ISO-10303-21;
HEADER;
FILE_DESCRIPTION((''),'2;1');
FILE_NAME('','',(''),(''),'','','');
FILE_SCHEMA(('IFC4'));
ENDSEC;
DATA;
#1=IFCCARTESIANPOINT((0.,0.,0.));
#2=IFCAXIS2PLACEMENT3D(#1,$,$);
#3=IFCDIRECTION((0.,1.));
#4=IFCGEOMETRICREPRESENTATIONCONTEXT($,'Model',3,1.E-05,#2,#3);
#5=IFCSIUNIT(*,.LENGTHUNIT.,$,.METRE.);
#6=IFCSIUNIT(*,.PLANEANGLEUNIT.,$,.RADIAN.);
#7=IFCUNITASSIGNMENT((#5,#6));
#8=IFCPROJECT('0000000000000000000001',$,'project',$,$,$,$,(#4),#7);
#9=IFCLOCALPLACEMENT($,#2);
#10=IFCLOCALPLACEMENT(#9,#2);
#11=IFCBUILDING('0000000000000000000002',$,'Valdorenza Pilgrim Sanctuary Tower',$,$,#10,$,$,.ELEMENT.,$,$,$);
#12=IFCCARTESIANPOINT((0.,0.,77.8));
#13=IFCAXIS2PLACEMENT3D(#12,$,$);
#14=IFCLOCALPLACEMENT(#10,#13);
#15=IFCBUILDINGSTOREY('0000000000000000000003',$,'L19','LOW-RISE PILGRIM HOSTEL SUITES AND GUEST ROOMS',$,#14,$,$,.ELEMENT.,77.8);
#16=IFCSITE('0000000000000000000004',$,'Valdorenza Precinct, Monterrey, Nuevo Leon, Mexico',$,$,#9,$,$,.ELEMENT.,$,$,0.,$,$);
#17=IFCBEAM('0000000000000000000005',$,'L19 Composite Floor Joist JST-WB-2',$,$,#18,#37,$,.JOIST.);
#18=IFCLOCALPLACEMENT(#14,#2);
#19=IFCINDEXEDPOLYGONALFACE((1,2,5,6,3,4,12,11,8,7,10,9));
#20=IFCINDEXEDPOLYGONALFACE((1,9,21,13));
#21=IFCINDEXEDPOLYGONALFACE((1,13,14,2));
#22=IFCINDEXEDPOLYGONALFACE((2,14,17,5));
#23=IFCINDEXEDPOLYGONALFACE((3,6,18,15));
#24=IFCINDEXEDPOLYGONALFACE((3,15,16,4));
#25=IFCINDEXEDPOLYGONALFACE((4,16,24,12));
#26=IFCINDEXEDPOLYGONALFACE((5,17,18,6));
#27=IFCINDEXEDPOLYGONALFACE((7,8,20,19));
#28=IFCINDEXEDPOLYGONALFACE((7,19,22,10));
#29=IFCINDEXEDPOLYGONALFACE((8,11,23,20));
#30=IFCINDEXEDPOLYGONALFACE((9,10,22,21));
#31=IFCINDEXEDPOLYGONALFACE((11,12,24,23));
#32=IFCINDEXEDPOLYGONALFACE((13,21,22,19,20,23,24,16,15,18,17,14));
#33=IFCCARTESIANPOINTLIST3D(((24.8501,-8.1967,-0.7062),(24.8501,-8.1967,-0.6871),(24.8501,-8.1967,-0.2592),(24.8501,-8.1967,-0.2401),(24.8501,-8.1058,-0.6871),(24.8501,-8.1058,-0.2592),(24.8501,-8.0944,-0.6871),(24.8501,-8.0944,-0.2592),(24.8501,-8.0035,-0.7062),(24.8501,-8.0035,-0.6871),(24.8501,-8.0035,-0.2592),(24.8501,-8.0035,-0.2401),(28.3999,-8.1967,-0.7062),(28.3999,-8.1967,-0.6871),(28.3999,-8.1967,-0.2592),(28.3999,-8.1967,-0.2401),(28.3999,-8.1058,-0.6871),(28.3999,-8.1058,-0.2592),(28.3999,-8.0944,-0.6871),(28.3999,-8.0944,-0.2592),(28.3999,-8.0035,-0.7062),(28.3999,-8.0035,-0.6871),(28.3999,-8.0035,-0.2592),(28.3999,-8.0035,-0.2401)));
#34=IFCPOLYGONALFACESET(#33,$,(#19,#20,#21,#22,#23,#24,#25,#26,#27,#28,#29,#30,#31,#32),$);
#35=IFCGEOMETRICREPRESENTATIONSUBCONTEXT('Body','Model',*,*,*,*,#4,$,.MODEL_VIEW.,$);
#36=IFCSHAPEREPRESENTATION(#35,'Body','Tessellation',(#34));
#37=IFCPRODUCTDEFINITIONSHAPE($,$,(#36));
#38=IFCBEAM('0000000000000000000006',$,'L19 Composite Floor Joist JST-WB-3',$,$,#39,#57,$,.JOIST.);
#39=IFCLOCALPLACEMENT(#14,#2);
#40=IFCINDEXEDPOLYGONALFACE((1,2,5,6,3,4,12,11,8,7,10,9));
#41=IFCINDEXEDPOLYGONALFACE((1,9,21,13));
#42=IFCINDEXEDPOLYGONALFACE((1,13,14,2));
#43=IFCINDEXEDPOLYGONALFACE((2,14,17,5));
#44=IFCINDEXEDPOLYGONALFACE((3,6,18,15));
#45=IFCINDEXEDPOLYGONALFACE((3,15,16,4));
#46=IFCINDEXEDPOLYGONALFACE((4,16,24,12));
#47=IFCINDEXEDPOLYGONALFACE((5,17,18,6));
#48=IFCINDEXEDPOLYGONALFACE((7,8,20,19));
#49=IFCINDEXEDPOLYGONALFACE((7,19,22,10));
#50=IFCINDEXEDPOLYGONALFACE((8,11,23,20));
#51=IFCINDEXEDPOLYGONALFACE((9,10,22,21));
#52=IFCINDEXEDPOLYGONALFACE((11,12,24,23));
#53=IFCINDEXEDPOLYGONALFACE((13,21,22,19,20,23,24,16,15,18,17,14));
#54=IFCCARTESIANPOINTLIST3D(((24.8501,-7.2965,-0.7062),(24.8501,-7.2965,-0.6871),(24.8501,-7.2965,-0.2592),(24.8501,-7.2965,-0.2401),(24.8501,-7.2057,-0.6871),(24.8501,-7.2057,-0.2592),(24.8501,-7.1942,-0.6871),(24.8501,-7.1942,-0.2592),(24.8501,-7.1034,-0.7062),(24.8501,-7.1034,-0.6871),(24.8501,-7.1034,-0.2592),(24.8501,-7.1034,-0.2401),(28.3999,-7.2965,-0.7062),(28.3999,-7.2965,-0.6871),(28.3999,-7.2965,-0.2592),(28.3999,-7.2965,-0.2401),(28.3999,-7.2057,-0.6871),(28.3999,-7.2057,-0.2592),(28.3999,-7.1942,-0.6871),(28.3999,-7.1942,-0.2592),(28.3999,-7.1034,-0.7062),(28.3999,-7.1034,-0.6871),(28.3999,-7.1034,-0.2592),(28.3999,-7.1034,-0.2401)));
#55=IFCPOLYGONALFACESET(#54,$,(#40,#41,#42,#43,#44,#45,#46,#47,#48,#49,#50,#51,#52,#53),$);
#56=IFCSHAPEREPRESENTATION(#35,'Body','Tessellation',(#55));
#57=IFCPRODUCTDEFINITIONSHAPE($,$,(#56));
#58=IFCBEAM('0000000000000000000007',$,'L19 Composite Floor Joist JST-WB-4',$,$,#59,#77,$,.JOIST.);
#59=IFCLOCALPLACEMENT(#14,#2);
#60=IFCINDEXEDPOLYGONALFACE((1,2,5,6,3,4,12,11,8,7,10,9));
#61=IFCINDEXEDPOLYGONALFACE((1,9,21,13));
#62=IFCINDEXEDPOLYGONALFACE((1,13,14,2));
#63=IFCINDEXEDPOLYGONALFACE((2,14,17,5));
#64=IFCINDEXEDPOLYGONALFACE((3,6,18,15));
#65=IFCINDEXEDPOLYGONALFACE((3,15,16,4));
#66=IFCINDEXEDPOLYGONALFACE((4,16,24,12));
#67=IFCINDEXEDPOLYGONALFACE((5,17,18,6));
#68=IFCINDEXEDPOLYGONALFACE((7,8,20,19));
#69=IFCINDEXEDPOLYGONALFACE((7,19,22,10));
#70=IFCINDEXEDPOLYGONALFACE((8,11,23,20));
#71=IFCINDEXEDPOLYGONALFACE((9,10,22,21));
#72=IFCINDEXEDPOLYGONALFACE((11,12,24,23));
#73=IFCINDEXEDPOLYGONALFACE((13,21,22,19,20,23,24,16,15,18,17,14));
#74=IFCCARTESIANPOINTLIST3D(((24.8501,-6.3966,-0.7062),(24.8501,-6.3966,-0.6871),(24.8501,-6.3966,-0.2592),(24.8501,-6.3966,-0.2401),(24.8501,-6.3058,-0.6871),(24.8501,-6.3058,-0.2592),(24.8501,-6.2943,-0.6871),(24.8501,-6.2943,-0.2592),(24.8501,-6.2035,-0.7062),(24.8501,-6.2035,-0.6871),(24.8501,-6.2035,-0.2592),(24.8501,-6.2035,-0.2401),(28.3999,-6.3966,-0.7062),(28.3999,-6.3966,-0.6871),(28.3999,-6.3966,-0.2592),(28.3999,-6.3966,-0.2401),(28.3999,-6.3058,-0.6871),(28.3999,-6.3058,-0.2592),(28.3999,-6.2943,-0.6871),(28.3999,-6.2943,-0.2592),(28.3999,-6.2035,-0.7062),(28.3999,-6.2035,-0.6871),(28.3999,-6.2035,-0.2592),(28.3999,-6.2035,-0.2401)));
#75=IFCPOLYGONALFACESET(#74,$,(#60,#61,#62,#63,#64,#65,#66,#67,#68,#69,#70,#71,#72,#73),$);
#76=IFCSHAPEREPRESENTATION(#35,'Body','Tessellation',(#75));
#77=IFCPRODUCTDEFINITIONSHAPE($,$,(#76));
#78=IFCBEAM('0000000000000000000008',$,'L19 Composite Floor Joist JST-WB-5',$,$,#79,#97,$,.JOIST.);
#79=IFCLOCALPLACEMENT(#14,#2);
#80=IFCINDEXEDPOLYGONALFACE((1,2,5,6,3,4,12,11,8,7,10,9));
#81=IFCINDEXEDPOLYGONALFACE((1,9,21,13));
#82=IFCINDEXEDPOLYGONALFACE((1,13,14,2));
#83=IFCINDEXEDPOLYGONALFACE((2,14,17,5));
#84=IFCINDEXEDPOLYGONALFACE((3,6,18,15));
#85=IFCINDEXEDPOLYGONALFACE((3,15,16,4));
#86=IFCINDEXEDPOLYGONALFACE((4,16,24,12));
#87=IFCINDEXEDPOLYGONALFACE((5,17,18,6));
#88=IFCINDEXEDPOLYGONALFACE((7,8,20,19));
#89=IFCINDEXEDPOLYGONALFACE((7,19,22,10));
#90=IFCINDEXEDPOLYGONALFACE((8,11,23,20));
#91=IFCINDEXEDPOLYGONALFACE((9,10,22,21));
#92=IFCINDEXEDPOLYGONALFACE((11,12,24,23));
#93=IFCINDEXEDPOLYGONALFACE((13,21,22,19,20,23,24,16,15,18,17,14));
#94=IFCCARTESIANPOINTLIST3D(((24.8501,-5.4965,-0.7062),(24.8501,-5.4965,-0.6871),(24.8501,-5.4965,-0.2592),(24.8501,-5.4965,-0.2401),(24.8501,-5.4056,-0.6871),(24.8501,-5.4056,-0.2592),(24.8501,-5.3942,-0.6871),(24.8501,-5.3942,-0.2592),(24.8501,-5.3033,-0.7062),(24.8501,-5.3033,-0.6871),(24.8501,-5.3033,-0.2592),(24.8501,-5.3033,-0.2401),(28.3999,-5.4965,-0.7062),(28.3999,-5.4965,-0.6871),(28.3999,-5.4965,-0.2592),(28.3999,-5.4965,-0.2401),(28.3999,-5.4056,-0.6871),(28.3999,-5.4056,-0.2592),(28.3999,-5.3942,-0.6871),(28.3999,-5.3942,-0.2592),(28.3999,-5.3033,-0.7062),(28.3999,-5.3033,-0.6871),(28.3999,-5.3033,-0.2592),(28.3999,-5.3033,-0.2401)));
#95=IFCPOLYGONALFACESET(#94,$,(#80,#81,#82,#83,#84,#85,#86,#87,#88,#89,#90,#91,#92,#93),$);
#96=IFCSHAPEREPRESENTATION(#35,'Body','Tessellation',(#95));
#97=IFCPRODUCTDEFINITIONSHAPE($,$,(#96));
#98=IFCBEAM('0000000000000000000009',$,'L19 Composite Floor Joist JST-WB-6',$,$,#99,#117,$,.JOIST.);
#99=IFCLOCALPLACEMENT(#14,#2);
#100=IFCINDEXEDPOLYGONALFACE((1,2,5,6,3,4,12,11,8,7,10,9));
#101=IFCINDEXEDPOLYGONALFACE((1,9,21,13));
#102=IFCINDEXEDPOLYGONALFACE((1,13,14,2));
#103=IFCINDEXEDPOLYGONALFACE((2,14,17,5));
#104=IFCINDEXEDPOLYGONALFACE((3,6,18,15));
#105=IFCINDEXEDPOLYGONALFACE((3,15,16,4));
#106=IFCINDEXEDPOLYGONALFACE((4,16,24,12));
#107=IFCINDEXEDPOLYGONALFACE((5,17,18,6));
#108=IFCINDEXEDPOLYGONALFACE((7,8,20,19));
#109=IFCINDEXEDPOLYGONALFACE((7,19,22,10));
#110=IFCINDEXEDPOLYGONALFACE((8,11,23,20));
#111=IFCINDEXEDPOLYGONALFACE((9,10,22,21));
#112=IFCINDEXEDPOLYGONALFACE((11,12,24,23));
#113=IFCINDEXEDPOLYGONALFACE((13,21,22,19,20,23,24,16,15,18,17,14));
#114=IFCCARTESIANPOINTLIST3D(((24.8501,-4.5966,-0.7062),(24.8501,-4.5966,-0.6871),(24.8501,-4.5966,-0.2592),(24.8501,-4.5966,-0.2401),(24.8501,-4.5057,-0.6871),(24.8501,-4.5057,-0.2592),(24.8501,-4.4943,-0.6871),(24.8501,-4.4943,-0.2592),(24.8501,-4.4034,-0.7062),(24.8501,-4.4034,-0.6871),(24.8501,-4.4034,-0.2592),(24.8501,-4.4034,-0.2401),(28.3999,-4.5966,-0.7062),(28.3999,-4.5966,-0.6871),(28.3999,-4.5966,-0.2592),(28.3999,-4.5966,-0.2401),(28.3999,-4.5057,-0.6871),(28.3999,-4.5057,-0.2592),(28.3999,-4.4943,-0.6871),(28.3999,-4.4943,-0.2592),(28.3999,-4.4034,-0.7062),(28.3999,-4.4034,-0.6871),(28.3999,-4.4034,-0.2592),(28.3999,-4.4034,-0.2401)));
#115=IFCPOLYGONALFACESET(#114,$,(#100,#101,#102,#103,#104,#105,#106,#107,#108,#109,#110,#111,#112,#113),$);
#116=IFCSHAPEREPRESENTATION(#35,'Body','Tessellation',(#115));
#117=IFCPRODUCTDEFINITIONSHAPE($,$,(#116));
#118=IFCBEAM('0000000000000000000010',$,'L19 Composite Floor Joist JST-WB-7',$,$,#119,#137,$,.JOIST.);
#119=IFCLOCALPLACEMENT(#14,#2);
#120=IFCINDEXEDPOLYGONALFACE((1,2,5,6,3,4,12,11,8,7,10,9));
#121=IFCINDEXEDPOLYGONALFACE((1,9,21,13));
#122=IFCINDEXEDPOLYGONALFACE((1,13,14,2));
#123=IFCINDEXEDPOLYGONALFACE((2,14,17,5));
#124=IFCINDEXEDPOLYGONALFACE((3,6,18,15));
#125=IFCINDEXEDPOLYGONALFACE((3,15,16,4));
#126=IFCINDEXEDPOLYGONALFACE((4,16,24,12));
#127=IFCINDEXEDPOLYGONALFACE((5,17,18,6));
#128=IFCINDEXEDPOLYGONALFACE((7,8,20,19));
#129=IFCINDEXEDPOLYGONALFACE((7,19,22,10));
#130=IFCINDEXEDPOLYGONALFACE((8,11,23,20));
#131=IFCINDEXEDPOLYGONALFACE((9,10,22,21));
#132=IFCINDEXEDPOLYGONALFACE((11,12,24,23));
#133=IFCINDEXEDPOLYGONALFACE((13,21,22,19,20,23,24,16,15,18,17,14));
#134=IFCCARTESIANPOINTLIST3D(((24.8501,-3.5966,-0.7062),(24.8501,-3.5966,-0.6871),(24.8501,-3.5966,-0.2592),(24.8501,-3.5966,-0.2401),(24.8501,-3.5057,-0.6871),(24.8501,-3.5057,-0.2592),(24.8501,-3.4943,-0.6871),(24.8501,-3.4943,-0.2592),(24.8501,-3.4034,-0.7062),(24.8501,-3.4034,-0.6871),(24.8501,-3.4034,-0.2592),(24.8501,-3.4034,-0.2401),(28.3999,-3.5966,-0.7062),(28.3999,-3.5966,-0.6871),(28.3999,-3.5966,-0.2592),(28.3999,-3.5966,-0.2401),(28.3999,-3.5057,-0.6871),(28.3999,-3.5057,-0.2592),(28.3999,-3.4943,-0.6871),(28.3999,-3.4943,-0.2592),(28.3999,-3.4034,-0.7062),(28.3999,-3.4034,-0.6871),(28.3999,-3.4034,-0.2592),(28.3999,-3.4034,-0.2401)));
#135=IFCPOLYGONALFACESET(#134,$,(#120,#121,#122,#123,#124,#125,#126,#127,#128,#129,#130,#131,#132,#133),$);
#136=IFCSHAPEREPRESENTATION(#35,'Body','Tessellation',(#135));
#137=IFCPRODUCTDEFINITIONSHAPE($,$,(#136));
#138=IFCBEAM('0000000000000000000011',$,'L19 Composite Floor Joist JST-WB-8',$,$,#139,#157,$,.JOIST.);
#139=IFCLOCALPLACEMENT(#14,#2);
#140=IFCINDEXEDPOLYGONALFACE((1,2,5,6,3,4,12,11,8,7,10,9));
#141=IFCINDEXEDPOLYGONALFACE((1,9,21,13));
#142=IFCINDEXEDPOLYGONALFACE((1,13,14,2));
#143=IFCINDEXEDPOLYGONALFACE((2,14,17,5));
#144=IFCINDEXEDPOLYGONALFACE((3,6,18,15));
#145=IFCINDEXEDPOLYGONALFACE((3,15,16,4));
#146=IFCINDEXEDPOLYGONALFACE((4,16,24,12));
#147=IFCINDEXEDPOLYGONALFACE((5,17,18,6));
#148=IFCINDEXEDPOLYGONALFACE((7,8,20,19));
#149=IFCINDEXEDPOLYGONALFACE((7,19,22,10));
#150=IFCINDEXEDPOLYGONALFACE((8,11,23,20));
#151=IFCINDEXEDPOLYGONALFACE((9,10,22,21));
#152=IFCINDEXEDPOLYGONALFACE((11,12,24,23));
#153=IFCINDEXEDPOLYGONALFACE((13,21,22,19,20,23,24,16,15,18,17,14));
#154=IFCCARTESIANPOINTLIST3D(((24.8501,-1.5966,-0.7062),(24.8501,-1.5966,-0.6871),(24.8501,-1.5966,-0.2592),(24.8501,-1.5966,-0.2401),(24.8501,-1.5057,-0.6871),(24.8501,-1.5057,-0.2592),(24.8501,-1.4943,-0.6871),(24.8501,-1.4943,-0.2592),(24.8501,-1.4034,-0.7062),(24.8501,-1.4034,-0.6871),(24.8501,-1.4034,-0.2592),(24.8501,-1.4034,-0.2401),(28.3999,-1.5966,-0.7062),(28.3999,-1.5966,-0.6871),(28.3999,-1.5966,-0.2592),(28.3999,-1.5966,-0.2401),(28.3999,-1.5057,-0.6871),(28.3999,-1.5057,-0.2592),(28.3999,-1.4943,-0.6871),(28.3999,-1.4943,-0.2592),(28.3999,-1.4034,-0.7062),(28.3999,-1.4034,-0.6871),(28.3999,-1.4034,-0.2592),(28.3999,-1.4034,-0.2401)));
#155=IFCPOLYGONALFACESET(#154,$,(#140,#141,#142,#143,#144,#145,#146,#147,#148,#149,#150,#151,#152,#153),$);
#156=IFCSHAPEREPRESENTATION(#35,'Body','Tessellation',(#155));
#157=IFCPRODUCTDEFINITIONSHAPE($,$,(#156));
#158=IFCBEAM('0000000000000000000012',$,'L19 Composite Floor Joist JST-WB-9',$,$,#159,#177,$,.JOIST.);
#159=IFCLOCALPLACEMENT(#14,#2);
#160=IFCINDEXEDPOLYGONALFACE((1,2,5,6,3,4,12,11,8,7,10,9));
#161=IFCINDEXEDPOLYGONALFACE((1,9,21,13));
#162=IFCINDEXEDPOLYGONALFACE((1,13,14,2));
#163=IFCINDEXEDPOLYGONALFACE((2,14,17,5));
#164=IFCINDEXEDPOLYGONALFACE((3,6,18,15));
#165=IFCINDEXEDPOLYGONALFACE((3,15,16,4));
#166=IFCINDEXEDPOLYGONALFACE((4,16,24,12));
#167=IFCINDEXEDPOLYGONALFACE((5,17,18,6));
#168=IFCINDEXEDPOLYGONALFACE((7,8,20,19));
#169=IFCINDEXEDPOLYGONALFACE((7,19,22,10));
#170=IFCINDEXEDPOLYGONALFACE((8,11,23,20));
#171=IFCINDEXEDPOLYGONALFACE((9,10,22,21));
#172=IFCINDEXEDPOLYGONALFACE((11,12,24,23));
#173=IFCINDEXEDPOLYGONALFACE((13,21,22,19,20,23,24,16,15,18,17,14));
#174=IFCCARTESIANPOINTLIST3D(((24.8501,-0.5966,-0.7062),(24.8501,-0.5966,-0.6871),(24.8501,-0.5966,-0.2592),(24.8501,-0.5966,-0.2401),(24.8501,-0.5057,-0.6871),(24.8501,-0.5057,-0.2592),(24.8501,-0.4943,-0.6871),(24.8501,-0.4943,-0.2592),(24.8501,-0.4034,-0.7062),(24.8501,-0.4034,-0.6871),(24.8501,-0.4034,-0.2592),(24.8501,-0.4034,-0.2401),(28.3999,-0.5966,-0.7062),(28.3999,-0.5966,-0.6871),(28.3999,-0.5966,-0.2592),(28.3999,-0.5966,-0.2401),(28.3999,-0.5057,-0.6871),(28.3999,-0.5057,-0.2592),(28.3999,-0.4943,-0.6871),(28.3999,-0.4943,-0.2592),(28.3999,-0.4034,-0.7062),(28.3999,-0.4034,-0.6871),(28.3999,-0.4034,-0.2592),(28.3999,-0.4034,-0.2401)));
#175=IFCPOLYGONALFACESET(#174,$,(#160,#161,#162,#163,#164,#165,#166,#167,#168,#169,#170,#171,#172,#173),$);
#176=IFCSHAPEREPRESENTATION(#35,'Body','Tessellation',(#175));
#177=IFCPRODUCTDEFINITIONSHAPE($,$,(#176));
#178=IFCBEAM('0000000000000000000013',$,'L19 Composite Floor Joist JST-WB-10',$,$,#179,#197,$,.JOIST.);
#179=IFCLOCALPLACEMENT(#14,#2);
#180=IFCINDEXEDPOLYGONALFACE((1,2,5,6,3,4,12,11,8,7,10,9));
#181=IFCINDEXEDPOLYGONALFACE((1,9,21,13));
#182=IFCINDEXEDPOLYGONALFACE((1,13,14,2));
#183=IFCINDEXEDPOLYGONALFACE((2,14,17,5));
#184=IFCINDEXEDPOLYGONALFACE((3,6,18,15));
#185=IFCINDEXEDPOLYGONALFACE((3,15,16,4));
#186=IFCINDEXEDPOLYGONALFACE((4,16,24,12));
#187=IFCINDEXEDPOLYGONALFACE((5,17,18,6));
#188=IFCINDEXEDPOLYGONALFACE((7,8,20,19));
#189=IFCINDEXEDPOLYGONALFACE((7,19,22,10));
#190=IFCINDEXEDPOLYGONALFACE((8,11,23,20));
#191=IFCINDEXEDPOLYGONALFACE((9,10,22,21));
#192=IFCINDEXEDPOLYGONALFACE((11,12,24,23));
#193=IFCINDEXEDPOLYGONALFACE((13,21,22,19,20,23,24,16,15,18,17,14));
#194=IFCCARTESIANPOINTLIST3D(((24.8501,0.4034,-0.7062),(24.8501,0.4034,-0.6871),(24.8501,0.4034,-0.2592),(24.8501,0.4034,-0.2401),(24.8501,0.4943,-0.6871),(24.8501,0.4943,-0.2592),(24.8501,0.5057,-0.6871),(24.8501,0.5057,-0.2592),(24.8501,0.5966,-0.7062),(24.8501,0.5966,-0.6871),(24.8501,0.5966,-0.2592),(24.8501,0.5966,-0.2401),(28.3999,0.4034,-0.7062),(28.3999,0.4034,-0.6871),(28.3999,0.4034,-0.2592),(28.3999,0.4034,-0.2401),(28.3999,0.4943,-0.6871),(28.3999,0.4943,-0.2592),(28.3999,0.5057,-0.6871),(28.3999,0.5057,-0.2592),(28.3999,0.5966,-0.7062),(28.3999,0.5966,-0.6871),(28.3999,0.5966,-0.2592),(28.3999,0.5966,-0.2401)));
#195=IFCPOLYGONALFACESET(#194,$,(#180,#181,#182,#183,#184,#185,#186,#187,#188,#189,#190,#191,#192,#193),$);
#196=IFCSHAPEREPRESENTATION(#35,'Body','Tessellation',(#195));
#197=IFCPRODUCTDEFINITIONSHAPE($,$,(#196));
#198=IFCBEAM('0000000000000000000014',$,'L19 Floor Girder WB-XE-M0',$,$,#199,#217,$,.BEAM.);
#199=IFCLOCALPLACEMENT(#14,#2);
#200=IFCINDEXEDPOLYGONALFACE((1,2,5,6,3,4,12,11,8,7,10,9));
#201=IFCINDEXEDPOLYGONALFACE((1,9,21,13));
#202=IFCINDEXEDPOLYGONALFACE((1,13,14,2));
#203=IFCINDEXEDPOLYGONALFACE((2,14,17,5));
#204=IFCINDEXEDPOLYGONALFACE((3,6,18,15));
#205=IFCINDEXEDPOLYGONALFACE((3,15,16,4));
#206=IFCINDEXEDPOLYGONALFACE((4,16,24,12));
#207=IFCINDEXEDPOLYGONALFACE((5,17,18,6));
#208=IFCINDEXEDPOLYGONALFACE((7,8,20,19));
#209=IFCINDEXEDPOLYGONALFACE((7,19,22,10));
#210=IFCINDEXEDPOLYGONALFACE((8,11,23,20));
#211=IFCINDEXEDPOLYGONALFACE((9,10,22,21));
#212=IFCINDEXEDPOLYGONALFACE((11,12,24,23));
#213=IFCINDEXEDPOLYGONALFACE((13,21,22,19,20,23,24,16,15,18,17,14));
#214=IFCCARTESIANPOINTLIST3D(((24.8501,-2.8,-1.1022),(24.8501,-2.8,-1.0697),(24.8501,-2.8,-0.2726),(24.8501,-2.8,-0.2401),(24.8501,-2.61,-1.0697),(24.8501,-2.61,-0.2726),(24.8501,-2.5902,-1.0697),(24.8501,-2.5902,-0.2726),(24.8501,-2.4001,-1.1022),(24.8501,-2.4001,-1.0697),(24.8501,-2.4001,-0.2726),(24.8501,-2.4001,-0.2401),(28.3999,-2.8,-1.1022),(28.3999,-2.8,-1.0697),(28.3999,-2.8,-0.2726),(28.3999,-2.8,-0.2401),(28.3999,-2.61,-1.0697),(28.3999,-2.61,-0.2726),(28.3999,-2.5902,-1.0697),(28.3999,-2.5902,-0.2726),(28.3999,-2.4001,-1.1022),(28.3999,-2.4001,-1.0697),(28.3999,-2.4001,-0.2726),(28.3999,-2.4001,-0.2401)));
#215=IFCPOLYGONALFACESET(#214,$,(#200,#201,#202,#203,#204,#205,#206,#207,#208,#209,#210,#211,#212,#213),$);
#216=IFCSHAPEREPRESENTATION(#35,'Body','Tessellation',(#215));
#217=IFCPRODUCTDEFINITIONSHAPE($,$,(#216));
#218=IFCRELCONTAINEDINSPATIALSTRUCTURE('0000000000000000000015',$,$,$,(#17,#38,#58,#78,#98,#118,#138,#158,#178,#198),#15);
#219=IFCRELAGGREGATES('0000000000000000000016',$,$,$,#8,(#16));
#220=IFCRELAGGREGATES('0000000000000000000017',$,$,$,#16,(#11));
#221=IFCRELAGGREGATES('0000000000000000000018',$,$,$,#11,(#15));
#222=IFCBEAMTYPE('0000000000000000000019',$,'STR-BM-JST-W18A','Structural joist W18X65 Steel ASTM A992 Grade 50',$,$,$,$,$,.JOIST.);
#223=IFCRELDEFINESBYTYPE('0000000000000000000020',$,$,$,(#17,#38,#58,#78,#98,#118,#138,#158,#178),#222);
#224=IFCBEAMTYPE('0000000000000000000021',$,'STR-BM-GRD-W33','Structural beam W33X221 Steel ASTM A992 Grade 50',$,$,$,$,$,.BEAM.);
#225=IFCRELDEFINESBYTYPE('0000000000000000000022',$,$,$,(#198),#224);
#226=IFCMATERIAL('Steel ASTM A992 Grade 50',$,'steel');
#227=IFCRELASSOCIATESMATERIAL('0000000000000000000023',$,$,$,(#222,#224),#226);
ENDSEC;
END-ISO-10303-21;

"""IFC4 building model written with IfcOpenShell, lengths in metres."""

from ifc_helpers import new_model, si_unit, direction, frame, origin, origin_2d, place, context, subcontext, project, spatial, i_section, extrude, source, transform, mapped, material, material_profile, profile_set, type_object, element, save


model = new_model("IFC4")

# Units and contexts
model_context = context("Model", 3, precision=1e-05, world=origin(), true_north=direction((0.0, 1.0)))
body_context = subcontext(model_context, "Body", "Model", "MODEL_VIEW")
ifc_project = project(units=[si_unit("LENGTHUNIT", "METRE"), si_unit("PLANEANGLEUNIT", "RADIAN")], contexts=[model_context])

# Site, building, storey
site_placement = place(None, origin())
site = spatial("IfcSite", under=ifc_project, at=site_placement, Name="Valdorenza Precinct, Monterrey, Nuevo Leon, Mexico", CompositionType="ELEMENT", RefElevation=0.0)
building_placement = place(site_placement, origin())
building = spatial("IfcBuilding", under=site, at=building_placement, Name="Valdorenza Pilgrim Sanctuary Tower", CompositionType="ELEMENT")
storey_placement = place(building_placement, frame((0.0, 0.0, 77.8)))
storey = spatial("IfcBuildingStorey", under=building, at=storey_placement, Name="L19", Description="LOW-RISE PILGRIM HOSTEL SUITES AND GUEST ROOMS", CompositionType="ELEMENT", Elevation=77.8)

# Beams
ifc_material_1 = material(Name="Steel ASTM A992 Grade 50", Category="steel")
ifc_material_profile_1 = material_profile(ifc_material_1, i_section(OverallWidth=0.1931, OverallDepth=0.4661, WebThickness=0.0115, FlangeThickness=0.019, at=origin_2d()), Name="W18X65")
ifc_profile_set_1 = profile_set([ifc_material_profile_1], Name="Steel ASTM A992 Grade 50")
beam_type_1 = type_object("IfcBeamType", Name="STR-BM-JST-W18A", Description="Structural joist W18X65 Steel ASTM A992 Grade 50", PredefinedType="JOIST", material=ifc_profile_set_1)
shared_shape_1 = source(origin(), body_context, "Body", "SweptSolid", [
    extrude(i_section(OverallWidth=0.1931, OverallDepth=0.4661, WebThickness=0.0115, FlangeThickness=0.019, at=origin_2d()), origin(), (0.0, 0.0, 1.0), 3.5498),
])
for number, where, z_axis, x_axis, name in (
    (1, (24.8501, -8.1001, -0.4731), (1.0, 0.0, 0.0), (0.0, 1.0, 0.0), "L19 Composite Floor Joist JST-WB-2"),
    (2, (24.8501, -7.2, -0.4731), (1.0, 0.0, 0.0), (0.0, 1.0, 0.0), "L19 Composite Floor Joist JST-WB-3"),
    (3, (24.8501, -6.3, -0.4731), (1.0, 0.0, 0.0), (0.0, 1.0, 0.0), "L19 Composite Floor Joist JST-WB-4"),
    (4, (24.8501, -5.3999, -0.4731), (1.0, 0.0, 0.0), (0.0, 1.0, 0.0), "L19 Composite Floor Joist JST-WB-5"),
    (5, (24.8501, -4.5, -0.4731), (1.0, 0.0, 0.0), (0.0, 1.0, 0.0), "L19 Composite Floor Joist JST-WB-6"),
    (6, (24.8501, -3.5, -0.4731), (1.0, 0.0, 0.0), (0.0, 1.0, 0.0), "L19 Composite Floor Joist JST-WB-7"),
    (7, (24.8501, -1.5, -0.4731), (1.0, 0.0, 0.0), (0.0, 1.0, 0.0), "L19 Composite Floor Joist JST-WB-8"),
    (8, (24.8501, -0.5, -0.4731), (1.0, 0.0, 0.0), (0.0, 1.0, 0.0), "L19 Composite Floor Joist JST-WB-9"),
    (9, (24.8501, 0.5, -0.4731), (1.0, 0.0, 0.0), (0.0, 1.0, 0.0), "L19 Composite Floor Joist JST-WB-10"),
):
    element("IfcBeam", number, at=place(storey_placement, frame(where, z_axis=z_axis, x_axis=x_axis)), inside=storey, type_object=beam_type_1, Name=name, PredefinedType="JOIST", context=body_context, shape_type="MappedRepresentation", body=[
        mapped(shared_shape_1, transform((0.0, 0.0, 0.0), x_axis=(1.0, 0.0, 0.0), y_axis=(0.0, 1.0, 0.0), z_axis=(0.0, 0.0, 1.0), scale=1.0)),
    ])
ifc_material_profile_2 = material_profile(ifc_material_1, i_section(OverallWidth=0.3999, OverallDepth=0.8621, WebThickness=0.0198, FlangeThickness=0.0325, at=origin_2d()), Name="W33X221")
ifc_profile_set_2 = profile_set([ifc_material_profile_2], Name="Steel ASTM A992 Grade 50")
beam_type_2 = type_object("IfcBeamType", Name="STR-BM-GRD-W33", Description="Structural beam W33X221 Steel ASTM A992 Grade 50", PredefinedType="BEAM", material=ifc_profile_set_2)
shared_shape_2 = source(origin(), body_context, "Body", "SweptSolid", [
    extrude(i_section(OverallWidth=0.3999, OverallDepth=0.8621, WebThickness=0.0198, FlangeThickness=0.0325, at=origin_2d()), origin(), (0.0, 0.0, 1.0), 3.5498),
])
beam_1_placement = place(storey_placement, frame((24.8501, -2.6001, -0.6711), z_axis=(1.0, 0.0, 0.0), x_axis=(0.0, 1.0, 0.0)))
element("IfcBeam", 10, at=beam_1_placement, inside=storey, type_object=beam_type_2, Name="L19 Floor Girder WB-XE-M0", PredefinedType="BEAM", context=body_context, shape_type="MappedRepresentation", body=[
    mapped(shared_shape_2, transform((0.0, 0.0, 0.0), x_axis=(1.0, 0.0, 0.0), y_axis=(0.0, 1.0, 0.0), z_axis=(0.0, 0.0, 1.0), scale=1.0)),
])

save(model, "model.ifc")
